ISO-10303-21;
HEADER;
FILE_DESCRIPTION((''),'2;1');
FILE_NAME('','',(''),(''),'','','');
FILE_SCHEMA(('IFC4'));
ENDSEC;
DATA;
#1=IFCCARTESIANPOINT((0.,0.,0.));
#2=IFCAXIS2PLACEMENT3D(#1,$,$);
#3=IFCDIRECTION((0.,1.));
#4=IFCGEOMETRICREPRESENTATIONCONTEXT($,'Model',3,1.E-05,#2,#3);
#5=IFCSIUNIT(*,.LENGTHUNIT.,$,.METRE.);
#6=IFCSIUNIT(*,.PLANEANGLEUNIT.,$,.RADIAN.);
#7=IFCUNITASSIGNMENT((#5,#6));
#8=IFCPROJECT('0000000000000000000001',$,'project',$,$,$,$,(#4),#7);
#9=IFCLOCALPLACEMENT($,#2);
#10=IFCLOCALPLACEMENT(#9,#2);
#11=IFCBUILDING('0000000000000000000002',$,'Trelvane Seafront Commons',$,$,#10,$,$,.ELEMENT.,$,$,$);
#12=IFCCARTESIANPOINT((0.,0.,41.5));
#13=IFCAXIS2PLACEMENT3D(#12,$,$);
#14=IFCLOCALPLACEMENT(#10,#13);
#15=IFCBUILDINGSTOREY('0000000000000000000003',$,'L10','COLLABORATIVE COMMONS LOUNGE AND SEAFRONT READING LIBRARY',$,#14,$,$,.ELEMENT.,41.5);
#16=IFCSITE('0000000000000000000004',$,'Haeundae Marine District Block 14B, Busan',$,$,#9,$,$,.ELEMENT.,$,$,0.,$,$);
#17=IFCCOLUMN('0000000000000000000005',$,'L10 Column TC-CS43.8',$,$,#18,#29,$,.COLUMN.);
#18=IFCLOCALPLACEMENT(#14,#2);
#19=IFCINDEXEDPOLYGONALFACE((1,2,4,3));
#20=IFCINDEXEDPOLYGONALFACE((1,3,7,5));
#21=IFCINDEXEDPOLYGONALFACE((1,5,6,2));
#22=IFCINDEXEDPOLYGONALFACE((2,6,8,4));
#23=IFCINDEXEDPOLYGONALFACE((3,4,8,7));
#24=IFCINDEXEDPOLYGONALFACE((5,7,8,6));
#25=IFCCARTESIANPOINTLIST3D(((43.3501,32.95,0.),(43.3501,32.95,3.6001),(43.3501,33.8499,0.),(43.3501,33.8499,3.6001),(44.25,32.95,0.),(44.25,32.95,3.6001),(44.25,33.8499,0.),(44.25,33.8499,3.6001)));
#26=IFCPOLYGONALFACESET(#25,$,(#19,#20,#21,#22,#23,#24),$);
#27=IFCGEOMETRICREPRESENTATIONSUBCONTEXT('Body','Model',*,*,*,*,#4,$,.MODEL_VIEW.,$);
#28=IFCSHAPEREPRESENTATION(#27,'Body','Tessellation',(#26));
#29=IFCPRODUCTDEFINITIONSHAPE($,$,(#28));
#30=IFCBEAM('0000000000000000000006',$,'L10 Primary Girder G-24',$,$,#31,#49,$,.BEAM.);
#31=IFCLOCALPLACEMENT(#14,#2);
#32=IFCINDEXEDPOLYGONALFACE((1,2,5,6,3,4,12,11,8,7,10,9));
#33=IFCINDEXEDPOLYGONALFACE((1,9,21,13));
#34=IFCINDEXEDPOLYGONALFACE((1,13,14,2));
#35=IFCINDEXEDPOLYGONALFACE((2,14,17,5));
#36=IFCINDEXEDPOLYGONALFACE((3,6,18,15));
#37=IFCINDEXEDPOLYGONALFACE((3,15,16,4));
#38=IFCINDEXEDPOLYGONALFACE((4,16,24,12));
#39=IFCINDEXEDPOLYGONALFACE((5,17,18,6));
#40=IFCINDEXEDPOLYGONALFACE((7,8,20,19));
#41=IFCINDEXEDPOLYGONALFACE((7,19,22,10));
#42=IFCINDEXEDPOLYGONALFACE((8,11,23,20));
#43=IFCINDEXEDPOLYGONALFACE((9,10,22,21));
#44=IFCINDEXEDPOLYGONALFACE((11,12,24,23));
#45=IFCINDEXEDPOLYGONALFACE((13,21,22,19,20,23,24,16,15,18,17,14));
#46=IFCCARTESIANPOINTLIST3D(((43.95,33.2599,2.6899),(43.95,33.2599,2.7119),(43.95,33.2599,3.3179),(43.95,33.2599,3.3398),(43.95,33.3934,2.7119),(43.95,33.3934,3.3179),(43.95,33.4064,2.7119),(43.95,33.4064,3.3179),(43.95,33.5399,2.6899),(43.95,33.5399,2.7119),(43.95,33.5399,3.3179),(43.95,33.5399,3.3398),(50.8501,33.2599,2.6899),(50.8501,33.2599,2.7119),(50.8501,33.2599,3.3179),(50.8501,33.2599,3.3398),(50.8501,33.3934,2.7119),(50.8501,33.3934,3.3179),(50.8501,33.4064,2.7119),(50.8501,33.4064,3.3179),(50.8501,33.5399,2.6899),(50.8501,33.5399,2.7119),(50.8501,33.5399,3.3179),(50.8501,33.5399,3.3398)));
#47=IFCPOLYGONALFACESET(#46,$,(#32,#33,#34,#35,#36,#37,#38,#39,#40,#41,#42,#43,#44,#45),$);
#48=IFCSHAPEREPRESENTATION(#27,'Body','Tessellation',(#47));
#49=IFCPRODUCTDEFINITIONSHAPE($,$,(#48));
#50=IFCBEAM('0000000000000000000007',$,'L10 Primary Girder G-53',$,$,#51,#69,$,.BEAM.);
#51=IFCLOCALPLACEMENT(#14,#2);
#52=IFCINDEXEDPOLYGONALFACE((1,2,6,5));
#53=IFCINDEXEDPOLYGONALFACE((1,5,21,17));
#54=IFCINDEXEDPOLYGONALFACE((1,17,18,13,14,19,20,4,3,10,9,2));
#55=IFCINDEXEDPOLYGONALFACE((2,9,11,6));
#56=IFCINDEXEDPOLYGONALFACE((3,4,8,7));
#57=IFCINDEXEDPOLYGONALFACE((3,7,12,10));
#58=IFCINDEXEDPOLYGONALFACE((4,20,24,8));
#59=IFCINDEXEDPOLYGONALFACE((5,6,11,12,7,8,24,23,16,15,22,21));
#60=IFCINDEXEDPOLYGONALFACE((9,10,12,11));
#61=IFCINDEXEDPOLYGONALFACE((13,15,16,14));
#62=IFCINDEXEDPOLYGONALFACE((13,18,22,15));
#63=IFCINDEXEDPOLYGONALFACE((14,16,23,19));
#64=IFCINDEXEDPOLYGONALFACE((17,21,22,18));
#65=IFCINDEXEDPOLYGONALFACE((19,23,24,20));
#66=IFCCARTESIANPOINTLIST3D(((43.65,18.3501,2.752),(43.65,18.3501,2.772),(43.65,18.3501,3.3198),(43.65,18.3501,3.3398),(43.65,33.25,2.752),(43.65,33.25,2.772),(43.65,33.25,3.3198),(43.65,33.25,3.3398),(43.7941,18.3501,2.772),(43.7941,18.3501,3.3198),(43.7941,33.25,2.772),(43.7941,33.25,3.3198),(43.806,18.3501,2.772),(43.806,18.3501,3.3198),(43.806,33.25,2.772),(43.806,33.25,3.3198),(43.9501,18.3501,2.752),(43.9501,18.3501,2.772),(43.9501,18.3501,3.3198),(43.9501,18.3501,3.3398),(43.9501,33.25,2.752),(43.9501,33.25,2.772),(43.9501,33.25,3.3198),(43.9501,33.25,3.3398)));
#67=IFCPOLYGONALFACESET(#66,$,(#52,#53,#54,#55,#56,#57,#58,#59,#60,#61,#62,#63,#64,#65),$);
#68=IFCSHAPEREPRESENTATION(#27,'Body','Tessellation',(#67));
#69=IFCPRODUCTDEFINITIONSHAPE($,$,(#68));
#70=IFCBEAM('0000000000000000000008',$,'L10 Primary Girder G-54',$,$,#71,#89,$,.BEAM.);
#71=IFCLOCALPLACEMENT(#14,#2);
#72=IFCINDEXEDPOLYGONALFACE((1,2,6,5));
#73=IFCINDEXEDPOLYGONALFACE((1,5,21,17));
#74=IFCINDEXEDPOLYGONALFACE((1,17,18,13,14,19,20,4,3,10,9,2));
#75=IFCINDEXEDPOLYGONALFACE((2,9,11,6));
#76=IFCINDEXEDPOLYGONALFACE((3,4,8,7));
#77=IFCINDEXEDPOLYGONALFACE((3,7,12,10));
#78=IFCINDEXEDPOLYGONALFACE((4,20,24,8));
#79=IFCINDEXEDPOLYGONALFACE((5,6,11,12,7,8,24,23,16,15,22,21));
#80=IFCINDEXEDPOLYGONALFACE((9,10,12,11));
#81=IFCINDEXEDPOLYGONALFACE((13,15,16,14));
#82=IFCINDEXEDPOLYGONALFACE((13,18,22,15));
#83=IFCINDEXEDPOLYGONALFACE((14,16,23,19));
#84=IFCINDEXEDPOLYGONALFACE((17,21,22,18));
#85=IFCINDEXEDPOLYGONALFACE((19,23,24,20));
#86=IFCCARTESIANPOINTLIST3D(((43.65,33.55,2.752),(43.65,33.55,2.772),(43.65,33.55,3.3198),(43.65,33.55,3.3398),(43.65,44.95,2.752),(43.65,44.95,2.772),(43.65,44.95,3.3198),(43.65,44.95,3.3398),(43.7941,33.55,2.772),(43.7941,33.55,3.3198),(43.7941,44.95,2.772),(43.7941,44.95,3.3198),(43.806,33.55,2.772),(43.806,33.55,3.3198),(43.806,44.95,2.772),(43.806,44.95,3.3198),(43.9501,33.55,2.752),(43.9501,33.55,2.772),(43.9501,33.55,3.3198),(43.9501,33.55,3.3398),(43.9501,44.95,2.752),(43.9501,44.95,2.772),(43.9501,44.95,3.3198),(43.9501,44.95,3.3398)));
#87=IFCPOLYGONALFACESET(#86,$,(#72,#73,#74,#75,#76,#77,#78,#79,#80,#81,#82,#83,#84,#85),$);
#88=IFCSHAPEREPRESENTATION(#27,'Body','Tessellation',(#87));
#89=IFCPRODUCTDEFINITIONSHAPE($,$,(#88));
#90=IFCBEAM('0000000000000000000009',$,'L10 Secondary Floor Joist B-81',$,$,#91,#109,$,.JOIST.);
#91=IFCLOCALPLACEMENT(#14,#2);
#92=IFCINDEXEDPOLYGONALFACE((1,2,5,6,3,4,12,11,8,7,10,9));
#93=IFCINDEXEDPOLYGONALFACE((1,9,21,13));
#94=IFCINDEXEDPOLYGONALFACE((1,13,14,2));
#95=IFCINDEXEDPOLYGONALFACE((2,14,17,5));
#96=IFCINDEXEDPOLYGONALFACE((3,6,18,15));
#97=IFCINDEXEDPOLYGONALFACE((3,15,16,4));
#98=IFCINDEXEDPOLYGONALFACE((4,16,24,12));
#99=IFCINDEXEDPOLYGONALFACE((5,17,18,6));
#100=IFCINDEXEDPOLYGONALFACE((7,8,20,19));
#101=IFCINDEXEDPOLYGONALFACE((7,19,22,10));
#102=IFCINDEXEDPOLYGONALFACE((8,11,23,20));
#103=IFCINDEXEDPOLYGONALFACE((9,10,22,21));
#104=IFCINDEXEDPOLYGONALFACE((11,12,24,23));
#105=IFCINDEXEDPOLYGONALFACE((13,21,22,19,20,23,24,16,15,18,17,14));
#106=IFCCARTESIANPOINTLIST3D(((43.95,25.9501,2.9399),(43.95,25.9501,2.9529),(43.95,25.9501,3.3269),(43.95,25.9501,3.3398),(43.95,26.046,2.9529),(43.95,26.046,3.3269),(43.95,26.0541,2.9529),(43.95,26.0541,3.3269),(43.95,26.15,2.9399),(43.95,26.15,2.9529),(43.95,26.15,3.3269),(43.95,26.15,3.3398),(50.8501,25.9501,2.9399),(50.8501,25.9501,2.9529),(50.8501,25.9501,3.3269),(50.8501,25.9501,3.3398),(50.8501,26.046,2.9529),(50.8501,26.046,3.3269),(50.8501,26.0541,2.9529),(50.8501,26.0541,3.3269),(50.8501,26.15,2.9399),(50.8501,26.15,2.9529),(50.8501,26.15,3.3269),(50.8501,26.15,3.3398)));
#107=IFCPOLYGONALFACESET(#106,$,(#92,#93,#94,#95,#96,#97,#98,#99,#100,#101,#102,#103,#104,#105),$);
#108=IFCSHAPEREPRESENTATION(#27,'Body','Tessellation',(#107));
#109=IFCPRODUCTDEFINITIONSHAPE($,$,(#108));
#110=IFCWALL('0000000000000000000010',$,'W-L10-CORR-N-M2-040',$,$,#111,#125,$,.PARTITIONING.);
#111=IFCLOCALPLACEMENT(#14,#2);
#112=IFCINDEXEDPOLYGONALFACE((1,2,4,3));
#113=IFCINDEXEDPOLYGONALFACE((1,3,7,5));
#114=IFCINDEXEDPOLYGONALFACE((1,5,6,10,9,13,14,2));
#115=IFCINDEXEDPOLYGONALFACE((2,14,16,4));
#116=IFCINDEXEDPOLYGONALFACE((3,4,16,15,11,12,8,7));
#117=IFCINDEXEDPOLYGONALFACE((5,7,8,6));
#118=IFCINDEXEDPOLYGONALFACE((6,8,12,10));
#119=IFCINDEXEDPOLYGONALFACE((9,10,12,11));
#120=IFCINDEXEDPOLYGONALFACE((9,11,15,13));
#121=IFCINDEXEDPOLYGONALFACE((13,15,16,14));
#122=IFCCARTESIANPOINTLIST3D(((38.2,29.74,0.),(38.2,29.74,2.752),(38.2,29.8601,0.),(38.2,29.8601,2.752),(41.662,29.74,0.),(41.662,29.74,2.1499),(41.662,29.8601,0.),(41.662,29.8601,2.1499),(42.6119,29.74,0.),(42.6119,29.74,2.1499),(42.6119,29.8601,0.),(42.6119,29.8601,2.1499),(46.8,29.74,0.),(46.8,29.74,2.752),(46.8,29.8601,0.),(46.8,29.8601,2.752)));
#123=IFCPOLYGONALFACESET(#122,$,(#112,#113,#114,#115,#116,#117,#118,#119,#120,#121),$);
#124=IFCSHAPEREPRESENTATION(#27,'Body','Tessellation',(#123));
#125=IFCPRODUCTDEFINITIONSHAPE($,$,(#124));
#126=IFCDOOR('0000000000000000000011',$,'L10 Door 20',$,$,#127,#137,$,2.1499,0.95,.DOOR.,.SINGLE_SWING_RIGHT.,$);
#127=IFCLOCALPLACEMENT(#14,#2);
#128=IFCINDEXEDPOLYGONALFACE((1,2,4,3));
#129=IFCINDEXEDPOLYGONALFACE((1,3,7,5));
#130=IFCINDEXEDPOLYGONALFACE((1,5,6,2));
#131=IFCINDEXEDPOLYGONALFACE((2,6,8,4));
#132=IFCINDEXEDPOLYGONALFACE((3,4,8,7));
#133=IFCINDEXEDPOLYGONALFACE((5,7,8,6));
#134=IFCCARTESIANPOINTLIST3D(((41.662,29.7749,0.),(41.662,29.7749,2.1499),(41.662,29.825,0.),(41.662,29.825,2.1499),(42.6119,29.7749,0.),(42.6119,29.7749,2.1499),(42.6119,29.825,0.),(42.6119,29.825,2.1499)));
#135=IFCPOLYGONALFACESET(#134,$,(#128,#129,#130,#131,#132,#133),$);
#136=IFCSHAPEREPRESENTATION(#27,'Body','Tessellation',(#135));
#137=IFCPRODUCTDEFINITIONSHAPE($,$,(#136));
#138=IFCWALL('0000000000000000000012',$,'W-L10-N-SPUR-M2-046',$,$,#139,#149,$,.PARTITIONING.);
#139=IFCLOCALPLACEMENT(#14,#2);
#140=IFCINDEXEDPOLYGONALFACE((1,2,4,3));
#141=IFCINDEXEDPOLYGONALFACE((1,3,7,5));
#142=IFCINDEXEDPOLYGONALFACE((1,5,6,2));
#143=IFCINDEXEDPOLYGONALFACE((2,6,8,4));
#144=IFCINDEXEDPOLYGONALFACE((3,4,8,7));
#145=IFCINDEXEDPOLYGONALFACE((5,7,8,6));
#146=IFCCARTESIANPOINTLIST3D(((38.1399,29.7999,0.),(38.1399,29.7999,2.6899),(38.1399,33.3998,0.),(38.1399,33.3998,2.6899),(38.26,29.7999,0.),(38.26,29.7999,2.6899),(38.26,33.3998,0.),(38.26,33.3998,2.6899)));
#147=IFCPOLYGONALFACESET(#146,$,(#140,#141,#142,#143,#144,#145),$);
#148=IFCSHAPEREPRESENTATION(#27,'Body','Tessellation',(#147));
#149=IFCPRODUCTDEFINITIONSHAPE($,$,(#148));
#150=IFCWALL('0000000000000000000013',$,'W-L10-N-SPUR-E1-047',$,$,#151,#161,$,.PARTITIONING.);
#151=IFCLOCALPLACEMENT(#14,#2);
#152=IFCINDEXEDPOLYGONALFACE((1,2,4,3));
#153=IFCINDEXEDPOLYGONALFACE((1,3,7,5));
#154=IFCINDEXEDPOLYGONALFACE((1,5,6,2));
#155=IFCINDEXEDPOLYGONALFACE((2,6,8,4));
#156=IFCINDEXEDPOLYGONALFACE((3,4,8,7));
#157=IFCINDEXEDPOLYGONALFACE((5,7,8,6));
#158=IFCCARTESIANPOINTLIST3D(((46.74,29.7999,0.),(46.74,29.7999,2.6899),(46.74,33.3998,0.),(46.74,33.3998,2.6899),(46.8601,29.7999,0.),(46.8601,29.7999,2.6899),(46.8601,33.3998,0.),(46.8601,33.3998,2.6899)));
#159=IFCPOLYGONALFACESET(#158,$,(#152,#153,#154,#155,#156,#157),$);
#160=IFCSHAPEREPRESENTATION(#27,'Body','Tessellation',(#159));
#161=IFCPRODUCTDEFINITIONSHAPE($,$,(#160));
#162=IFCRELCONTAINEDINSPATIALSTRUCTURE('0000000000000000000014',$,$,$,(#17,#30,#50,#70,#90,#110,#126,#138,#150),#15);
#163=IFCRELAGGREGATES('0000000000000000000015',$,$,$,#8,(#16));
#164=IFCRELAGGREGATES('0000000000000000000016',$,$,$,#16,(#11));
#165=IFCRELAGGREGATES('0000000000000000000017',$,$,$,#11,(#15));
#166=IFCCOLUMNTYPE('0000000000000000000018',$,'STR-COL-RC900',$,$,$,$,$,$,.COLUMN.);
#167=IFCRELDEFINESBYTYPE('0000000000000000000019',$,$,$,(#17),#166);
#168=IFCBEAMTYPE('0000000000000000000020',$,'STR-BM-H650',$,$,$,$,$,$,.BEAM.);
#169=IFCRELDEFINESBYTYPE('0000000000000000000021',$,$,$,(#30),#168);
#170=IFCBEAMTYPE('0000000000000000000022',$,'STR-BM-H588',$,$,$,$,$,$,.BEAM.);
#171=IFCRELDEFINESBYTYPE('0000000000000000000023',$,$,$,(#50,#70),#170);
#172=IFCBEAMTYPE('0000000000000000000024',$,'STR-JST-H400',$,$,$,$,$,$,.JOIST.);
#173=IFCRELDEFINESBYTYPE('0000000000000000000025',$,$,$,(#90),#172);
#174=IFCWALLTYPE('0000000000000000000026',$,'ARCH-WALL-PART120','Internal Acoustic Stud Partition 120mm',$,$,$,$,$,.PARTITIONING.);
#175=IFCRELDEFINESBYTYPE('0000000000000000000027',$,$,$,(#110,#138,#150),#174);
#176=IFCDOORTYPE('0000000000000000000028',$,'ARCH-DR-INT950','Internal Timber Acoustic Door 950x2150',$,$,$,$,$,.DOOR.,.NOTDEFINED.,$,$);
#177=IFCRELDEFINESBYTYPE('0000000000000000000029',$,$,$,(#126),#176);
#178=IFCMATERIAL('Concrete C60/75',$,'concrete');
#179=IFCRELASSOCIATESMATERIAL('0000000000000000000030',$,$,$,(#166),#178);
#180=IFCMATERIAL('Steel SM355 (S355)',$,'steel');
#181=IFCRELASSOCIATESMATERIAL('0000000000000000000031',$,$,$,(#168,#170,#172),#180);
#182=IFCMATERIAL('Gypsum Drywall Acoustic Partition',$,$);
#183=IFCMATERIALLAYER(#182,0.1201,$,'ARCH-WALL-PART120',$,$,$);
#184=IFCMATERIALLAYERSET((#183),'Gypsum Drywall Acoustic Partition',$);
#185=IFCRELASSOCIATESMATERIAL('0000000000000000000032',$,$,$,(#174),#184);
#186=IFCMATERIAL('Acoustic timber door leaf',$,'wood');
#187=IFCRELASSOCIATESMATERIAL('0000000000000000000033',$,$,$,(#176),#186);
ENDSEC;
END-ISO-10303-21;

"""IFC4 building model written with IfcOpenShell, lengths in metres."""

from ifc_helpers import new_model, si_unit, direction, frame, frame_2d, origin, origin_2d, place, context, subcontext, project, spatial, rectangle, i_section, extrude, source, transform, mapped, material, layer, layer_set, material_profile, profile_set, type_object, element, fill, save


model = new_model("IFC4")

# Units and contexts
model_context = context("Model", 3, precision=1e-05, world=origin(), true_north=direction((0.0, 1.0)))
body_context = subcontext(model_context, "Body", "Model", "MODEL_VIEW")
ifc_project = project(units=[si_unit("LENGTHUNIT", "METRE"), si_unit("PLANEANGLEUNIT", "RADIAN")], contexts=[model_context])

# Site, building, storey
site_placement = place(None, origin())
site = spatial("IfcSite", under=ifc_project, at=site_placement, Name="Haeundae Marine District Block 14B, Busan", CompositionType="ELEMENT", RefElevation=0.0)
building_placement = place(site_placement, origin())
building = spatial("IfcBuilding", under=site, at=building_placement, Name="Trelvane Seafront Commons", CompositionType="ELEMENT")
storey_placement = place(building_placement, frame((0.0, 0.0, 41.5)))
storey = spatial("IfcBuildingStorey", under=building, at=storey_placement, Name="L10", Description="COLLABORATIVE COMMONS LOUNGE AND SEAFRONT READING LIBRARY", CompositionType="ELEMENT", Elevation=41.5)

# Column
ifc_material_1 = material(Name="Concrete C60/75", Category="concrete")
ifc_material_profile_1 = material_profile(ifc_material_1, rectangle(XDim=0.8999, YDim=0.8999, at=origin_2d()), Name="RC-900x900")
ifc_profile_set_1 = profile_set([ifc_material_profile_1], Name="Concrete C60/75")
column_type = type_object("IfcColumnType", Name="STR-COL-RC900", PredefinedType="COLUMN", material=ifc_profile_set_1)
shared_shape_1 = source(origin(), body_context, "Body", "SweptSolid", [
    extrude(rectangle(XDim=0.8999, YDim=0.8999, at=origin_2d()), origin(), (0.0, 0.0, 1.0), 3.6001),
])
column_placement = place(storey_placement, frame((43.8, 33.3999, 0.0), z_axis=(0.0, 0.0, 1.0), x_axis=(1.0, 0.0, 0.0)))
element("IfcColumn", 1, at=column_placement, inside=storey, type_object=column_type, Name="L10 Column TC-CS43.8", PredefinedType="COLUMN", context=body_context, shape_type="MappedRepresentation", body=[
    mapped(shared_shape_1, transform((0.0, 0.0, 0.0), x_axis=(1.0, 0.0, 0.0), y_axis=(0.0, 1.0, 0.0), z_axis=(0.0, 0.0, 1.0), scale=1.0)),
])

# Beams
ifc_material_2 = material(Name="Steel SM355 (S355)", Category="steel")
ifc_material_profile_2 = material_profile(ifc_material_2, i_section(OverallWidth=0.28, OverallDepth=0.6499, WebThickness=0.0129, FlangeThickness=0.022, at=origin_2d()), Name="H-650x280x13x22")
ifc_profile_set_2 = profile_set([ifc_material_profile_2], Name="Steel SM355 (S355)")
beam_type_1 = type_object("IfcBeamType", Name="STR-BM-H650", PredefinedType="BEAM", material=ifc_profile_set_2)
shared_shape_2 = source(origin(), body_context, "Body", "SweptSolid", [
    extrude(i_section(OverallWidth=0.28, OverallDepth=0.6499, WebThickness=0.0129, FlangeThickness=0.022, at=origin_2d()), origin(), (0.0, 0.0, 1.0), 6.9001),
])
beam_1_placement = place(storey_placement, frame((43.95, 33.3999, 3.0149), z_axis=(1.0, 0.0, 0.0), x_axis=(0.0, 1.0, 0.0)))
element("IfcBeam", 2, at=beam_1_placement, inside=storey, type_object=beam_type_1, Name="L10 Primary Girder G-24", PredefinedType="BEAM", context=body_context, shape_type="MappedRepresentation", body=[
    mapped(shared_shape_2, transform((0.0, 0.0, 0.0), x_axis=(1.0, 0.0, 0.0), y_axis=(0.0, 1.0, 0.0), z_axis=(0.0, 0.0, 1.0), scale=1.0)),
])
ifc_material_profile_3 = material_profile(ifc_material_2, i_section(OverallWidth=0.3, OverallDepth=0.5879, WebThickness=0.012, FlangeThickness=0.02, at=origin_2d()), Name="H-588x300x12x20")
ifc_profile_set_3 = profile_set([ifc_material_profile_3], Name="Steel SM355 (S355)")
beam_type_2 = type_object("IfcBeamType", Name="STR-BM-H588", PredefinedType="BEAM", material=ifc_profile_set_3)
shared_shape_3 = source(origin(), body_context, "Body", "SweptSolid", [
    extrude(i_section(OverallWidth=0.3, OverallDepth=0.5879, WebThickness=0.012, FlangeThickness=0.02, at=origin_2d()), origin(), (0.0, 0.0, 1.0), 14.8999),
])
beam_2_placement = place(storey_placement, frame((43.8, 18.3501, 3.0459), z_axis=(0.0, 1.0, 0.0), x_axis=(-1.0, 0.0, 0.0)))
element("IfcBeam", 3, at=beam_2_placement, inside=storey, type_object=beam_type_2, Name="L10 Primary Girder G-53", PredefinedType="BEAM", context=body_context, shape_type="MappedRepresentation", body=[
    mapped(shared_shape_3, transform((0.0, 0.0, 0.0), x_axis=(1.0, 0.0, 0.0), y_axis=(0.0, 1.0, 0.0), z_axis=(0.0, 0.0, 1.0), scale=1.0)),
])
shared_shape_4 = source(origin(), body_context, "Body", "SweptSolid", [
    extrude(i_section(OverallWidth=0.3, OverallDepth=0.5879, WebThickness=0.012, FlangeThickness=0.02, at=origin_2d()), origin(), (0.0, 0.0, 1.0), 11.3999),
])
beam_3_placement = place(storey_placement, frame((43.8, 33.55, 3.0459), z_axis=(0.0, 1.0, 0.0), x_axis=(-1.0, 0.0, 0.0)))
element("IfcBeam", 4, at=beam_3_placement, inside=storey, type_object=beam_type_2, Name="L10 Primary Girder G-54", PredefinedType="BEAM", context=body_context, shape_type="MappedRepresentation", body=[
    mapped(shared_shape_4, transform((0.0, 0.0, 0.0), x_axis=(1.0, 0.0, 0.0), y_axis=(0.0, 1.0, 0.0), z_axis=(0.0, 0.0, 1.0), scale=1.0)),
])
ifc_material_profile_4 = material_profile(ifc_material_2, i_section(OverallWidth=0.2, OverallDepth=0.3999, WebThickness=0.0081, FlangeThickness=0.0129, at=origin_2d()), Name="H-400x200x8x13")
ifc_profile_set_4 = profile_set([ifc_material_profile_4], Name="Steel SM355 (S355)")
beam_type_3 = type_object("IfcBeamType", Name="STR-JST-H400", PredefinedType="JOIST", material=ifc_profile_set_4)
shared_shape_5 = source(origin(), body_context, "Body", "SweptSolid", [
    extrude(i_section(OverallWidth=0.2, OverallDepth=0.3999, WebThickness=0.0081, FlangeThickness=0.0129, at=origin_2d()), origin(), (0.0, 0.0, 1.0), 6.9001),
])
beam_4_placement = place(storey_placement, frame((43.95, 26.05, 3.1399), z_axis=(1.0, 0.0, 0.0), x_axis=(0.0, 1.0, 0.0)))
element("IfcBeam", 5, at=beam_4_placement, inside=storey, type_object=beam_type_3, Name="L10 Secondary Floor Joist B-81", PredefinedType="JOIST", context=body_context, shape_type="MappedRepresentation", body=[
    mapped(shared_shape_5, transform((0.0, 0.0, 0.0), x_axis=(1.0, 0.0, 0.0), y_axis=(0.0, 1.0, 0.0), z_axis=(0.0, 0.0, 1.0), scale=1.0)),
])

# Wall, opening, door
ifc_material_3 = material(Name="Gypsum Drywall Acoustic Partition")
ifc_layer_1 = layer(ifc_material_3, 0.1201, Name="ARCH-WALL-PART120")
ifc_layer_set_1 = layer_set([ifc_layer_1], Name="Gypsum Drywall Acoustic Partition")
wall_type_1 = type_object("IfcWallType", Name="ARCH-WALL-PART120", Description="Internal Acoustic Stud Partition 120mm", PredefinedType="PARTITIONING", material=ifc_layer_set_1)
wall_1_placement = place(storey_placement, frame((38.2, 29.8, 0.0), z_axis=(0.0, 0.0, 1.0), x_axis=(1.0, 0.0, 0.0)))
wall_1 = element("IfcWall", 6, at=wall_1_placement, inside=storey, type_object=wall_type_1, Name="W-L10-CORR-N-M2-040", PredefinedType="PARTITIONING", context=body_context, shape_type="SweptSolid", body=[
    extrude(rectangle(XDim=8.6001, YDim=0.1201, at=frame_2d((4.3, 0.0))), origin(), (0.0, 0.0, 1.0), 2.752),
])
opening_1_placement = place(wall_1_placement, frame((3.4619, 0.0, 0.0)))
opening_1 = element("IfcOpeningElement", 7, at=opening_1_placement, cuts=wall_1, PredefinedType="OPENING", context=body_context, shape_type="SweptSolid", body=[
    extrude(rectangle(XDim=0.95, YDim=2.1499, at=frame_2d((0.4751, 1.075))), frame((0.0, 0.0701, 0.0), z_axis=(0.0, -1.0, 0.0), x_axis=(1.0, 0.0, 0.0)), (0.0, 0.0, 1.0), 0.1401),
])
ifc_material_4 = material(Name="Acoustic timber door leaf", Category="wood")
door_type_1 = type_object("IfcDoorType", Name="ARCH-DR-INT950", Description="Internal Timber Acoustic Door 950x2150", OperationType="NOTDEFINED", PredefinedType="DOOR", material=ifc_material_4)
shared_shape_6 = source(origin(), body_context, "Body", "SweptSolid", [
    extrude(rectangle(XDim=0.95, YDim=2.1499, at=frame_2d((0.4751, 1.075))), frame((0.0, 0.0249, 0.0), z_axis=(0.0, -1.0, 0.0), x_axis=(1.0, 0.0, 0.0)), (0.0, 0.0, 1.0), 0.05),
])
door_1_placement = place(opening_1_placement, origin())
door_1 = element("IfcDoor", 8, at=door_1_placement, inside=storey, type_object=door_type_1, Name="L10 Door 20", OperationType="SINGLE_SWING_RIGHT", OverallHeight=2.1499, OverallWidth=0.95, PredefinedType="DOOR", context=body_context, shape_type="MappedRepresentation", body=[
    mapped(shared_shape_6, transform((0.0, 0.0, 0.0), x_axis=(1.0, 0.0, 0.0), y_axis=(0.0, 1.0, 0.0), z_axis=(0.0, 0.0, 1.0), scale=1.0)),
])
fill(opening_1, door_1)

# Walls
for number, where, z_axis, x_axis, name in (
    (9, (38.2, 29.8, 0.0), (0.0, 0.0, 1.0), (0.0, 1.0, 0.0), "W-L10-N-SPUR-M2-046"),
    (10, (46.8, 29.8, 0.0), (0.0, 0.0, 1.0), (0.0, 1.0, 0.0), "W-L10-N-SPUR-E1-047"),
):
    element("IfcWall", number, at=place(storey_placement, frame(where, z_axis=z_axis, x_axis=x_axis)), inside=storey, type_object=wall_type_1, Name=name, PredefinedType="PARTITIONING", context=body_context, shape_type="SweptSolid", body=[
        extrude(rectangle(XDim=3.5999, YDim=0.1201, at=frame_2d((1.7998, 0.0))), origin(), (0.0, 0.0, 1.0), 2.6899),
    ])

save(model, "model.ifc")
